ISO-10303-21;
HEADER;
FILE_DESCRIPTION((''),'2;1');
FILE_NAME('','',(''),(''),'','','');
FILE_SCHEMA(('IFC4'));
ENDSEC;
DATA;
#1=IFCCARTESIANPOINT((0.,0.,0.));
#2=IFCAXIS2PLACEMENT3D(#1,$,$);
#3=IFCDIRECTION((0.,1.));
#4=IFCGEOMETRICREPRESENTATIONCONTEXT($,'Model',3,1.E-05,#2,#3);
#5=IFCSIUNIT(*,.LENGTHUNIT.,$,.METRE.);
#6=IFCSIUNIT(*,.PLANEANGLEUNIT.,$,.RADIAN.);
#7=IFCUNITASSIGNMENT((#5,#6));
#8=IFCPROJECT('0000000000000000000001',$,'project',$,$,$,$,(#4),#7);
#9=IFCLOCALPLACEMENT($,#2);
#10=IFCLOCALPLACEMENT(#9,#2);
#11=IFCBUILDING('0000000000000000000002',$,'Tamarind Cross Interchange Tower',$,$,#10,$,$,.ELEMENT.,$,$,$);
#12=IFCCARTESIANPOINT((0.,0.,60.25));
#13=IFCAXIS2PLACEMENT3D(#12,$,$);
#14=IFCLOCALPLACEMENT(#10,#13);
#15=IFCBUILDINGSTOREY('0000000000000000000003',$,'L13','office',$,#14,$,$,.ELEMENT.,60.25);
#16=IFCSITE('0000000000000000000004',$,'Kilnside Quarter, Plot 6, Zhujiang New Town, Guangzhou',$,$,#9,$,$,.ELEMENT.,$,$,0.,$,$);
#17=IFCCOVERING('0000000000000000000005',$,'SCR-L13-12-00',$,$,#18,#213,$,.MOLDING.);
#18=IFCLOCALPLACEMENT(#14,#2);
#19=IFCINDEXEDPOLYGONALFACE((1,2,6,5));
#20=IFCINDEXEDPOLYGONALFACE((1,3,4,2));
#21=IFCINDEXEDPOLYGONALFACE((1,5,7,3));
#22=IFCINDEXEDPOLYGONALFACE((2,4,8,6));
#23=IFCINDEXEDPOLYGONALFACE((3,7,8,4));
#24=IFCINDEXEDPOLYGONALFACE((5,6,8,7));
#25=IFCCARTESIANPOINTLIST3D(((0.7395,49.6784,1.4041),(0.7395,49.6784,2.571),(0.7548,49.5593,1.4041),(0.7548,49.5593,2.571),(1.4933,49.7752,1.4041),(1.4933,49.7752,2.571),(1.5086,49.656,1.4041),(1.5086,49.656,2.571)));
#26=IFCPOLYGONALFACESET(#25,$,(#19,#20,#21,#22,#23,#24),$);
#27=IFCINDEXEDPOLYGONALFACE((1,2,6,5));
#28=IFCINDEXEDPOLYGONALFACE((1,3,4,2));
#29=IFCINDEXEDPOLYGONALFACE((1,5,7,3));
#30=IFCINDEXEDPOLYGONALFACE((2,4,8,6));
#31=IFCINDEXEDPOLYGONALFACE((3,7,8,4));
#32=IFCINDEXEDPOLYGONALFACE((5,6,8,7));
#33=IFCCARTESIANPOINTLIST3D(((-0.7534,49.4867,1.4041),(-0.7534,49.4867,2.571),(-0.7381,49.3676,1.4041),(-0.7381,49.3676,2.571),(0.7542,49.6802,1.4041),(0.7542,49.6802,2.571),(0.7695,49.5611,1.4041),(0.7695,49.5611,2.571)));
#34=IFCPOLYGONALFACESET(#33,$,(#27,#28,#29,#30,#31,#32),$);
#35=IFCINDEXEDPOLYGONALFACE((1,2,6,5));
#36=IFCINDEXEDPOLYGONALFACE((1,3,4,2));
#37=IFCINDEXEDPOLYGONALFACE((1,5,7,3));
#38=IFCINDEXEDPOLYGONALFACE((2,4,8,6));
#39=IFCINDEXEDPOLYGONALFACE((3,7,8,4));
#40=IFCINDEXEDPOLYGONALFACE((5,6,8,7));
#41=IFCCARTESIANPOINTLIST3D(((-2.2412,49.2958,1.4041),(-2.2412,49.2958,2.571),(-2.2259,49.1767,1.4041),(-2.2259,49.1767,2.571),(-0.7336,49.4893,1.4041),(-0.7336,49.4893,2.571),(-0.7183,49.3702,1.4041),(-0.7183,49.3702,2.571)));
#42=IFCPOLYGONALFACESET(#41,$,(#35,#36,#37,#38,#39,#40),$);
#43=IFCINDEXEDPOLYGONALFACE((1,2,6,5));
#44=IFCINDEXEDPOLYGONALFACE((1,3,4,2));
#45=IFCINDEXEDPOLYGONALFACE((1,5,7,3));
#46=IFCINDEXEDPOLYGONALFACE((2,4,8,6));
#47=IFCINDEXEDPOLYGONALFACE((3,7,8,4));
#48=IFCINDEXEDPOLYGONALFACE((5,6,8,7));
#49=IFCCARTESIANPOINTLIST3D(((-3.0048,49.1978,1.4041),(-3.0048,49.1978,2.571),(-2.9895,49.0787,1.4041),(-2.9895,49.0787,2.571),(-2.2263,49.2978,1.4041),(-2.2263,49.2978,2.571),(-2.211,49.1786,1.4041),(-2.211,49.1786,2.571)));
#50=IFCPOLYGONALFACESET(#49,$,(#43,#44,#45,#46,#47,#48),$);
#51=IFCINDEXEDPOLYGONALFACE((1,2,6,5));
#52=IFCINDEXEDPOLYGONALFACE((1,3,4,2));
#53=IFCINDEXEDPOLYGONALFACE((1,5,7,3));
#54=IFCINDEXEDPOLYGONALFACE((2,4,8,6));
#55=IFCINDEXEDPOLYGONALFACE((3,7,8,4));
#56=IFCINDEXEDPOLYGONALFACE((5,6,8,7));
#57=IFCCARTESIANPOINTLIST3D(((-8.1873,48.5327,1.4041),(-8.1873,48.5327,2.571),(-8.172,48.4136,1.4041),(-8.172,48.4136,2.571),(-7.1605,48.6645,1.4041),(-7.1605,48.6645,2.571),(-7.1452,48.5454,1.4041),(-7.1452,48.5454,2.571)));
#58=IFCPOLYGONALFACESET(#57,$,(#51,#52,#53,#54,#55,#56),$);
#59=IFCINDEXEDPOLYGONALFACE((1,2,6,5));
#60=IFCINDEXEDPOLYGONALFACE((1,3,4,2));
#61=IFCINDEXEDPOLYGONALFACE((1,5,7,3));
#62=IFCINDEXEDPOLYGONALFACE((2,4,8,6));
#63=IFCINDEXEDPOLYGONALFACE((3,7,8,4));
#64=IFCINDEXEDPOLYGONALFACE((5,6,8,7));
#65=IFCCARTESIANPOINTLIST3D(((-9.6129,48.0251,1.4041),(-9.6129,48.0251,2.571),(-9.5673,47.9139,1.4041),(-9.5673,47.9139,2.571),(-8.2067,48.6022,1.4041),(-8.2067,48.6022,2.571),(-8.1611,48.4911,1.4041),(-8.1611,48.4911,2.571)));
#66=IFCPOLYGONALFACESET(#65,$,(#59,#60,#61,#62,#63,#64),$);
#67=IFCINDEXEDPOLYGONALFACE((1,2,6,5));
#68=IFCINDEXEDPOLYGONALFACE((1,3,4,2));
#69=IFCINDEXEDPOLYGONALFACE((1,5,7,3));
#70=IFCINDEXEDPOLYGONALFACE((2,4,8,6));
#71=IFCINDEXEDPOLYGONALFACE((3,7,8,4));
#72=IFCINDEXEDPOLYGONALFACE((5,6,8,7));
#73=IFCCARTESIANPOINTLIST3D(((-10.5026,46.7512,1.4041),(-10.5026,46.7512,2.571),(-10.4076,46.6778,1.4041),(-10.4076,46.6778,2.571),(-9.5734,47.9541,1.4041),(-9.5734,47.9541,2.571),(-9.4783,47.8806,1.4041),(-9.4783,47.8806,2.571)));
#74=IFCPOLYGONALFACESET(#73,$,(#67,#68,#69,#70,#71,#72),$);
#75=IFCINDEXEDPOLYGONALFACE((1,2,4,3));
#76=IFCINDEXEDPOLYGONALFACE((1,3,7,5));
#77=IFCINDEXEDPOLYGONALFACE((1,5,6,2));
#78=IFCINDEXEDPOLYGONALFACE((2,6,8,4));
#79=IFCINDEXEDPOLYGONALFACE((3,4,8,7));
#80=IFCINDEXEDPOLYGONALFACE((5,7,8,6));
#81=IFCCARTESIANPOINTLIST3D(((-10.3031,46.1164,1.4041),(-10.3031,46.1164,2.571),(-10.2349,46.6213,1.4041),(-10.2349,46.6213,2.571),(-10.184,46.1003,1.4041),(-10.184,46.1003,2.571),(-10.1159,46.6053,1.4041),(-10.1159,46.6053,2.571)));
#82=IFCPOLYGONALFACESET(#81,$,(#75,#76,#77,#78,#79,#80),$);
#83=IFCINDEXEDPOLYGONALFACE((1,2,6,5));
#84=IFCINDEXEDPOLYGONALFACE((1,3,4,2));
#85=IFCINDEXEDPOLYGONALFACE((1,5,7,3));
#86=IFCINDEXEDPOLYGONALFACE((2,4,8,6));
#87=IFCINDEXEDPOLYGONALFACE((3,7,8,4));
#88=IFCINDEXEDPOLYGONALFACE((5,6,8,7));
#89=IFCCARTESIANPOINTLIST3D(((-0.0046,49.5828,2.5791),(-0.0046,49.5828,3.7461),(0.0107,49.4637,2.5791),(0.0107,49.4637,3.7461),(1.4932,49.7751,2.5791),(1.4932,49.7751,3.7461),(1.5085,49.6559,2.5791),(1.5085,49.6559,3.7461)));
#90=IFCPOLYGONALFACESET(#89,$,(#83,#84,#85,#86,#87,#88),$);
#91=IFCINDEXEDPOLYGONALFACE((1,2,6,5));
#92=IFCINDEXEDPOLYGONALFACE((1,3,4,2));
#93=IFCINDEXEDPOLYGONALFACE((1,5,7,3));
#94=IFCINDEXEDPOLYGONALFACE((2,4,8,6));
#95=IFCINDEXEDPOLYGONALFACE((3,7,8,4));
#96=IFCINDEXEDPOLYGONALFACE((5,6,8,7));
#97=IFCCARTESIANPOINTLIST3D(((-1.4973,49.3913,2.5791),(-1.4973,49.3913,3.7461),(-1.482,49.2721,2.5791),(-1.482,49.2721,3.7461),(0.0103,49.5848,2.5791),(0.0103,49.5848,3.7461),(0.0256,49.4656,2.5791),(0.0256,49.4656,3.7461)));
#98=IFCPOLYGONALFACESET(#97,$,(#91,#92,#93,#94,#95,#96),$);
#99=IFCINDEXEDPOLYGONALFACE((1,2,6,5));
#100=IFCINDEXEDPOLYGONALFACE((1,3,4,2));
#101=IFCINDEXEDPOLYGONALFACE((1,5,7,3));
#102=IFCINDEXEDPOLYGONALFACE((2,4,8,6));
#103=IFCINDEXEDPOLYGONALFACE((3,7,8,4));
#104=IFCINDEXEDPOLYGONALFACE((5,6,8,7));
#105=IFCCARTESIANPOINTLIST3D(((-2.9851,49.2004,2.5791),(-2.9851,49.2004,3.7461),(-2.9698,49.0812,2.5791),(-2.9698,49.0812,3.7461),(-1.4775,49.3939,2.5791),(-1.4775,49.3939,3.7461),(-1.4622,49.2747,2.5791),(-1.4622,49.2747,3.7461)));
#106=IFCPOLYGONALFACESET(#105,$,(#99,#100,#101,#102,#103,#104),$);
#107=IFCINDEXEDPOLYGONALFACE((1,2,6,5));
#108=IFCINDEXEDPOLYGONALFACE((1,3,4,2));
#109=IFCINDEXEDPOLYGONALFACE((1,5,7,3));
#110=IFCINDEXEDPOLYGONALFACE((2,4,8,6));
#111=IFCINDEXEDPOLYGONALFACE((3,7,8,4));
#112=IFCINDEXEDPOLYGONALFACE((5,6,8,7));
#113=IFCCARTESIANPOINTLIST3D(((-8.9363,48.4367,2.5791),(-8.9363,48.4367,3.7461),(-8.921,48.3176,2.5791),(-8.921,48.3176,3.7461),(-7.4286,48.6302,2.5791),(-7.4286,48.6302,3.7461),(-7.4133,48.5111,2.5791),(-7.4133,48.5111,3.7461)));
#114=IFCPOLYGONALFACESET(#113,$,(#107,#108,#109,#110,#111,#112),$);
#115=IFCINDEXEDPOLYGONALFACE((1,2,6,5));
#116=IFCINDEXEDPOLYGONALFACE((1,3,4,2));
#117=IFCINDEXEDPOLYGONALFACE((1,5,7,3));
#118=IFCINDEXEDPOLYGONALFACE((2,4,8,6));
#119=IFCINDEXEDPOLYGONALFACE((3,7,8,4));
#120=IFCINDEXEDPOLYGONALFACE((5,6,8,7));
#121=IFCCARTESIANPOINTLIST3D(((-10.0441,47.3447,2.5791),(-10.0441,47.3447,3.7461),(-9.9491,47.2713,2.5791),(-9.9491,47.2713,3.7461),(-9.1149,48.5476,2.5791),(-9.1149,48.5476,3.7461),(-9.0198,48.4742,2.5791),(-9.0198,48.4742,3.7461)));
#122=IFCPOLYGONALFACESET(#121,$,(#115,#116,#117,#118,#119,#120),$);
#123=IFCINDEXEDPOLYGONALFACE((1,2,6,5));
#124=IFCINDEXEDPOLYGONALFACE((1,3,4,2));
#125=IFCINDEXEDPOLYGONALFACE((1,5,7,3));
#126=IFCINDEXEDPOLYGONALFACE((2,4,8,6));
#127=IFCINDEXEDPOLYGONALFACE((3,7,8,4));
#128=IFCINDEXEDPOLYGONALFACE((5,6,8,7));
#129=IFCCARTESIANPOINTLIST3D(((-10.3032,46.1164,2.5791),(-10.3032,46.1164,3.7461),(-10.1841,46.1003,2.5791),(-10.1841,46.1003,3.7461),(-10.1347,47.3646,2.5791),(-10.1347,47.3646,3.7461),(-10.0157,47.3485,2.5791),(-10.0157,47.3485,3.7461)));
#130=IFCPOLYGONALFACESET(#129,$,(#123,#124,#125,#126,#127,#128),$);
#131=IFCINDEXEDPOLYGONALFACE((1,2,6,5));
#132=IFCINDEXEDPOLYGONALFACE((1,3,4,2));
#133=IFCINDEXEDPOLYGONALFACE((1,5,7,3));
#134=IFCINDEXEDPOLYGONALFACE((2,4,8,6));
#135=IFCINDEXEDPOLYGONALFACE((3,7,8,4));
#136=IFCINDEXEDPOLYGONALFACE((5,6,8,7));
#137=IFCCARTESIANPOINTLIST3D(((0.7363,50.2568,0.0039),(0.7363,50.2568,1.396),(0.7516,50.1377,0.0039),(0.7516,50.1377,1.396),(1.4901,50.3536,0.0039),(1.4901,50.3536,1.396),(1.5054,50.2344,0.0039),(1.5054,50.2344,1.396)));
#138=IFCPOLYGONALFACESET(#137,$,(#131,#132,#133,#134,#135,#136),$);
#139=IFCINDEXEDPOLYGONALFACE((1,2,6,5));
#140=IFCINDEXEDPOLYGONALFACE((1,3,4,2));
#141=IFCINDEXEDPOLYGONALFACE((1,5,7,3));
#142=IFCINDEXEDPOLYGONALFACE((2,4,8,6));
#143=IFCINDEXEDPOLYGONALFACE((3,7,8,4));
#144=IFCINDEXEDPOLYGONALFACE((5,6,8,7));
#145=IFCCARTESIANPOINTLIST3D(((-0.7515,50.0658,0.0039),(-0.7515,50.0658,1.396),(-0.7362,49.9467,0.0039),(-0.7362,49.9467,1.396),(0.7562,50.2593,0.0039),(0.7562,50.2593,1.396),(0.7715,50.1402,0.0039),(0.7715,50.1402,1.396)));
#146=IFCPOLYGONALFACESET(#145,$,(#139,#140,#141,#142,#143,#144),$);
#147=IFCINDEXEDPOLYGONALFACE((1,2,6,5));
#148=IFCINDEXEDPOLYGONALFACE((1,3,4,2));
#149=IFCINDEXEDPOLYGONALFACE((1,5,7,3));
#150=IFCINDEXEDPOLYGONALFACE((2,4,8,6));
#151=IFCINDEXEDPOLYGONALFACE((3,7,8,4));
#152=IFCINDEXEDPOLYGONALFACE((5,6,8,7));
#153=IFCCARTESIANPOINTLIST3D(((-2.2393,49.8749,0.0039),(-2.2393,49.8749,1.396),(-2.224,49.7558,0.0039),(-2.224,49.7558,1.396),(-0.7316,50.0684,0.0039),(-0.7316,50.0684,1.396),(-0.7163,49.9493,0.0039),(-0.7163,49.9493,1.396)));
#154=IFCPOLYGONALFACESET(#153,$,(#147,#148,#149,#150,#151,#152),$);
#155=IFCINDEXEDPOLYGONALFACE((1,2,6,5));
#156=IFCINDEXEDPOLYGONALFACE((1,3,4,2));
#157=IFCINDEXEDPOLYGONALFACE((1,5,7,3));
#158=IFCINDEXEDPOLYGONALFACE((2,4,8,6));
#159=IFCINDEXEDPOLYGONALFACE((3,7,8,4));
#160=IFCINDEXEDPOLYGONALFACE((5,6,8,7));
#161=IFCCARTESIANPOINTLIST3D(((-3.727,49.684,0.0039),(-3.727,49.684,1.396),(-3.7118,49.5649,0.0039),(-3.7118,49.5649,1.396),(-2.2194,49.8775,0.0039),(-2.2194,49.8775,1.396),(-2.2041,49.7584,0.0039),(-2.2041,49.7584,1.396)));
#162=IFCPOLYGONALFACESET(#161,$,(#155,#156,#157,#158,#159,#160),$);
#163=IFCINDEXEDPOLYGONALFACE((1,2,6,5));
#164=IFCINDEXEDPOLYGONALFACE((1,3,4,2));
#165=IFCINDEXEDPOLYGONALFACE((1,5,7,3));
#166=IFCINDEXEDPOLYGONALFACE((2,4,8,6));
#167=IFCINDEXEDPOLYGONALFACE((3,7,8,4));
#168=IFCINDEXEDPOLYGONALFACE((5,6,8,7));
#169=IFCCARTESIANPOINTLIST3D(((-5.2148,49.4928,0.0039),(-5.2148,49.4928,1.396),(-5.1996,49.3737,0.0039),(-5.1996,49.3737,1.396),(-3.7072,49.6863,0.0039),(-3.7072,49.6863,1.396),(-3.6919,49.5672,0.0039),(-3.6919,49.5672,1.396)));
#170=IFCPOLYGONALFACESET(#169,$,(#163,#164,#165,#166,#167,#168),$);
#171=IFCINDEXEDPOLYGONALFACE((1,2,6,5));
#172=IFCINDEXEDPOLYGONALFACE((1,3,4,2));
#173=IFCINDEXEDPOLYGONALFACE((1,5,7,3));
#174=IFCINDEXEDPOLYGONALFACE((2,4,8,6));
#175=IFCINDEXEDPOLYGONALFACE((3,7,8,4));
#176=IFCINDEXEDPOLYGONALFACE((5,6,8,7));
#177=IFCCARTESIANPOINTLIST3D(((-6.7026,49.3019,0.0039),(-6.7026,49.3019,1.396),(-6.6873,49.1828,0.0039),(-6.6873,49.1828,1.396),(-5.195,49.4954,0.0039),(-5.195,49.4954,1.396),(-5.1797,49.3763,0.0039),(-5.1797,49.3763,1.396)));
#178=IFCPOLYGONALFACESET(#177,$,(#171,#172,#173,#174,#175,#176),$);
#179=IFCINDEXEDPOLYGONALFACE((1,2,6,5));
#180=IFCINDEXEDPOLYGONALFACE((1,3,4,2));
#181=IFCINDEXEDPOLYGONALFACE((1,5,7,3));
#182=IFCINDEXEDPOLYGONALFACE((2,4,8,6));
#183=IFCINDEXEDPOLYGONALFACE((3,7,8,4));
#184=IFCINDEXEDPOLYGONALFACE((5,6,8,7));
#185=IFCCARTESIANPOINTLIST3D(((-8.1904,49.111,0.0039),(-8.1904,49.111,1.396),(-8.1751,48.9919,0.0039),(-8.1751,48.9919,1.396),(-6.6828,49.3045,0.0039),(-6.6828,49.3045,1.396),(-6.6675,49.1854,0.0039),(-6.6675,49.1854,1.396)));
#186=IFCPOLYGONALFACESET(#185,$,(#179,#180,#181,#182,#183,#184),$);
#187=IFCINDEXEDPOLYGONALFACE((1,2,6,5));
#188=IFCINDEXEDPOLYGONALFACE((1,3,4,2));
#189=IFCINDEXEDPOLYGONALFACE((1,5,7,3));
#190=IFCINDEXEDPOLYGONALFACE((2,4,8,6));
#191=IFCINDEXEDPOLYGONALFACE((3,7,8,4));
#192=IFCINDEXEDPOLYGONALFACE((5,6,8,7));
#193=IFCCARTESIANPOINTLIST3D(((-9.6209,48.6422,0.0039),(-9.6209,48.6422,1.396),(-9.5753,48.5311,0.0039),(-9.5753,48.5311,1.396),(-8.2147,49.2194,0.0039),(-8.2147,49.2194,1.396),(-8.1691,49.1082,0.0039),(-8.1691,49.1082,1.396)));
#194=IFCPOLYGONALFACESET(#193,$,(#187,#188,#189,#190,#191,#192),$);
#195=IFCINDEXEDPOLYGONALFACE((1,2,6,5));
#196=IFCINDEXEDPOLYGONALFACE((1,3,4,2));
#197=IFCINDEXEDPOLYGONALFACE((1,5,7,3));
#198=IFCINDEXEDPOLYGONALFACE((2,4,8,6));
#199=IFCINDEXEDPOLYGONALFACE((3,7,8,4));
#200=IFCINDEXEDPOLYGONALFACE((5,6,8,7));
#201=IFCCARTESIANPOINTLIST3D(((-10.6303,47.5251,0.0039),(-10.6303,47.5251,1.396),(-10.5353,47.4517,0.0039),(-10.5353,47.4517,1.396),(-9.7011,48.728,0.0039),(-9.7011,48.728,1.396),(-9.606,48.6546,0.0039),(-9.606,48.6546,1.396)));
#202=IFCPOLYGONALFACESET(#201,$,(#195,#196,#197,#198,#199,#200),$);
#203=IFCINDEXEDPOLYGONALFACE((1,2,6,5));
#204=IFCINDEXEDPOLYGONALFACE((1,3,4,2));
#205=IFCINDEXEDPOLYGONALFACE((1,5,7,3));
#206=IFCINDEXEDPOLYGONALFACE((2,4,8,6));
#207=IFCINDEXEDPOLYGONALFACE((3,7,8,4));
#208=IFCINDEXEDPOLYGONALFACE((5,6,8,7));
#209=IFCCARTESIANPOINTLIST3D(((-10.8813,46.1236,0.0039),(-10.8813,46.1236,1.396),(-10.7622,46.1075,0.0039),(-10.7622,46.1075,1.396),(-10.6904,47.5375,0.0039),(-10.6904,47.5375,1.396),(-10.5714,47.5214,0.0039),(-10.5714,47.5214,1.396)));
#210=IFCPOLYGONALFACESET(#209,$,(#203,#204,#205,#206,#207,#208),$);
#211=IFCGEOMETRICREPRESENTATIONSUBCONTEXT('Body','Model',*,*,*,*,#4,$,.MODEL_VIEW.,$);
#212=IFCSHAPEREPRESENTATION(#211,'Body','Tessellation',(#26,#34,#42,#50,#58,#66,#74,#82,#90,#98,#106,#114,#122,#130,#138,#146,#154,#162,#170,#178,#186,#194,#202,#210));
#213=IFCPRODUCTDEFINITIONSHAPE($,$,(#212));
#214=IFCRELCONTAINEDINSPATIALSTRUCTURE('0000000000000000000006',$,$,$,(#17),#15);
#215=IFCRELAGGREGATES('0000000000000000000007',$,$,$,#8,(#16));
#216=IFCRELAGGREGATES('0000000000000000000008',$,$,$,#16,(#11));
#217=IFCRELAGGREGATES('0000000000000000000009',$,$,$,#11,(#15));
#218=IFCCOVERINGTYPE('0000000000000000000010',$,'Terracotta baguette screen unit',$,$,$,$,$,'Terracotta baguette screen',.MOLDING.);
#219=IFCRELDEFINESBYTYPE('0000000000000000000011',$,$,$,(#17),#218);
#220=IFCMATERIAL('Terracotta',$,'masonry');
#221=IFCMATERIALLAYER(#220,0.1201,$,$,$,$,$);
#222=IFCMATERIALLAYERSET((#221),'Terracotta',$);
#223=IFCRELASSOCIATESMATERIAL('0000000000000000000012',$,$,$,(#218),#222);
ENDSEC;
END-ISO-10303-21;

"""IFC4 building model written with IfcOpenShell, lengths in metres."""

from ifc_helpers import new_model, si_unit, direction, frame, origin, origin_2d, place, context, subcontext, project, spatial, rectangle, extrude, material, layer, layer_set, type_object, element, save


model = new_model("IFC4")

# Units and contexts
model_context = context("Model", 3, precision=1e-05, world=origin(), true_north=direction((0.0, 1.0)))
body_context = subcontext(model_context, "Body", "Model", "MODEL_VIEW")
ifc_project = project(units=[si_unit("LENGTHUNIT", "METRE"), si_unit("PLANEANGLEUNIT", "RADIAN")], contexts=[model_context])

# Site, building, storey
site_placement = place(None, origin())
site = spatial("IfcSite", under=ifc_project, at=site_placement, Name="Kilnside Quarter, Plot 6, Zhujiang New Town, Guangzhou", CompositionType="ELEMENT", RefElevation=0.0)
building_placement = place(site_placement, origin())
building = spatial("IfcBuilding", under=site, at=building_placement, Name="Tamarind Cross Interchange Tower", CompositionType="ELEMENT")
storey_placement = place(building_placement, frame((0.0, 0.0, 60.25)))
storey = spatial("IfcBuildingStorey", under=building, at=storey_placement, Name="L13", Description="office", CompositionType="ELEMENT", Elevation=60.25)

# Covering
ifc_material_1 = material(Name="Terracotta", Category="masonry")
ifc_layer_1 = layer(ifc_material_1, 0.1201)
ifc_layer_set_1 = layer_set([ifc_layer_1], Name="Terracotta")
covering_type = type_object("IfcCoveringType", Name="Terracotta baguette screen unit", ElementType="Terracotta baguette screen", PredefinedType="MOLDING", material=ifc_layer_set_1)
covering_1_placement = place(storey_placement, origin())
element("IfcCovering", 1, at=covering_1_placement, inside=storey, type_object=covering_type, Name="SCR-L13-12-00", PredefinedType="MOLDING", context=body_context, shape_type="SweptSolid", body=[
    extrude(rectangle(XDim=0.76, YDim=0.1201, at=origin_2d()), frame((1.124, 49.6672, 1.4041), z_axis=(0.0, 0.0, 1.0), x_axis=(-0.991864, -0.1273, 0.0)), (0.0, 0.0, 1.0), 1.167),
    extrude(rectangle(XDim=1.52, YDim=0.1201, at=origin_2d()), frame((0.0081, 49.5239, 1.4041), z_axis=(0.0, 0.0, 1.0), x_axis=(-0.991864, -0.1273, 0.0)), (0.0, 0.0, 1.0), 1.167),
    extrude(rectangle(XDim=1.52, YDim=0.1201, at=origin_2d()), frame((-1.4797, 49.333, 1.4041), z_axis=(0.0, 0.0, 1.0), x_axis=(-0.991864, -0.1273, 0.0)), (0.0, 0.0, 1.0), 1.167),
    extrude(rectangle(XDim=0.7849, YDim=0.1201, at=origin_2d()), frame((-2.6079, 49.1882, 1.4041), z_axis=(0.0, 0.0, 1.0), x_axis=(-0.991864, -0.1273, 0.0)), (0.0, 0.0, 1.0), 1.167),
    extrude(rectangle(XDim=1.0352, YDim=0.1201, at=origin_2d()), frame((-7.6663, 48.5391, 1.4041), z_axis=(0.0, 0.0, 1.0), x_axis=(-0.991864, -0.1273, 0.0)), (0.0, 0.0, 1.0), 1.167),
    extrude(rectangle(XDim=1.52, YDim=0.1201, at=origin_2d()), frame((-8.887, 48.2581, 1.4041), z_axis=(0.0, 0.0, 1.0), x_axis=(-0.92512, -0.379676, 0.0)), (0.0, 0.0, 1.0), 1.167),
    extrude(rectangle(XDim=1.52, YDim=0.1201, at=origin_2d()), frame((-9.9905, 47.3159, 1.4041), z_axis=(0.0, 0.0, 1.0), x_axis=(-0.611339, -0.791369, 0.0)), (0.0, 0.0, 1.0), 1.167),
    extrude(rectangle(XDim=0.5095, YDim=0.1201, at=origin_2d()), frame((-10.2095, 46.3608, 1.4041), z_axis=(0.0, 0.0, 1.0), x_axis=(-0.133751, -0.991015, 0.0)), (0.0, 0.0, 1.0), 1.167),
    extrude(rectangle(XDim=1.51, YDim=0.1201, at=origin_2d()), frame((0.752, 49.6194, 2.5791), z_axis=(0.0, 0.0, 1.0), x_axis=(-0.991864, -0.1273, 0.0)), (0.0, 0.0, 1.0), 1.167),
    extrude(rectangle(XDim=1.52, YDim=0.1201, at=origin_2d()), frame((-0.7358, 49.4285, 2.5791), z_axis=(0.0, 0.0, 1.0), x_axis=(-0.991864, -0.1273, 0.0)), (0.0, 0.0, 1.0), 1.167),
    extrude(rectangle(XDim=1.52, YDim=0.1201, at=origin_2d()), frame((-2.2236, 49.2375, 2.5791), z_axis=(0.0, 0.0, 1.0), x_axis=(-0.991864, -0.1273, 0.0)), (0.0, 0.0, 1.0), 1.167),
    extrude(rectangle(XDim=1.52, YDim=0.1201, at=origin_2d()), frame((-8.1748, 48.4739, 2.5791), z_axis=(0.0, 0.0, 1.0), x_axis=(-0.991864, -0.1273, 0.0)), (0.0, 0.0, 1.0), 1.167),
    extrude(rectangle(XDim=1.52, YDim=0.1201, at=origin_2d()), frame((-9.532, 47.9094, 2.5791), z_axis=(0.0, 0.0, 1.0), x_axis=(-0.611339, -0.791369, 0.0)), (0.0, 0.0, 1.0), 1.167),
    extrude(rectangle(XDim=1.2595, YDim=0.1201, at=origin_2d()), frame((-10.1594, 46.7324, 2.5791), z_axis=(0.0, 0.0, 1.0), x_axis=(-0.133751, -0.991015, 0.0)), (0.0, 0.0, 1.0), 1.167),
    extrude(rectangle(XDim=0.76, YDim=0.1201, at=origin_2d()), frame((1.1208, 50.2456, 0.0039), z_axis=(0.0, 0.0, 1.0), x_axis=(-0.991864, -0.1273, 0.0)), (0.0, 0.0, 1.0), 1.3921),
    extrude(rectangle(XDim=1.52, YDim=0.1201, at=origin_2d()), frame((0.01, 50.103, 0.0039), z_axis=(0.0, 0.0, 1.0), x_axis=(-0.991864, -0.1273, 0.0)), (0.0, 0.0, 1.0), 1.3921),
    extrude(rectangle(XDim=1.52, YDim=0.1201, at=origin_2d()), frame((-1.4778, 49.9121, 0.0039), z_axis=(0.0, 0.0, 1.0), x_axis=(-0.991864, -0.1273, 0.0)), (0.0, 0.0, 1.0), 1.3921),
    extrude(rectangle(XDim=1.52, YDim=0.1201, at=origin_2d()), frame((-2.9656, 49.7212, 0.0039), z_axis=(0.0, 0.0, 1.0), x_axis=(-0.991864, -0.1273, 0.0)), (0.0, 0.0, 1.0), 1.3921),
    extrude(rectangle(XDim=1.52, YDim=0.1201, at=origin_2d()), frame((-4.4534, 49.53, 0.0039), z_axis=(0.0, 0.0, 1.0), x_axis=(-0.991864, -0.1273, 0.0)), (0.0, 0.0, 1.0), 1.3921),
    extrude(rectangle(XDim=1.52, YDim=0.1201, at=origin_2d()), frame((-5.9412, 49.3391, 0.0039), z_axis=(0.0, 0.0, 1.0), x_axis=(-0.991864, -0.1273, 0.0)), (0.0, 0.0, 1.0), 1.3921),
    extrude(rectangle(XDim=1.52, YDim=0.1201, at=origin_2d()), frame((-7.429, 49.1482, 0.0039), z_axis=(0.0, 0.0, 1.0), x_axis=(-0.991864, -0.1273, 0.0)), (0.0, 0.0, 1.0), 1.3921),
    extrude(rectangle(XDim=1.52, YDim=0.1201, at=origin_2d()), frame((-8.895, 48.8752, 0.0039), z_axis=(0.0, 0.0, 1.0), x_axis=(-0.92512, -0.379676, 0.0)), (0.0, 0.0, 1.0), 1.3921),
    extrude(rectangle(XDim=1.52, YDim=0.1201, at=origin_2d()), frame((-10.1182, 48.0898, 0.0039), z_axis=(0.0, 0.0, 1.0), x_axis=(-0.611339, -0.791369, 0.0)), (0.0, 0.0, 1.0), 1.3921),
    extrude(rectangle(XDim=1.4268, YDim=0.1201, at=origin_2d()), frame((-10.7263, 46.8225, 0.0039), z_axis=(0.0, 0.0, 1.0), x_axis=(-0.133751, -0.991015, 0.0)), (0.0, 0.0, 1.0), 1.3921),
])

save(model, "model.ifc")
